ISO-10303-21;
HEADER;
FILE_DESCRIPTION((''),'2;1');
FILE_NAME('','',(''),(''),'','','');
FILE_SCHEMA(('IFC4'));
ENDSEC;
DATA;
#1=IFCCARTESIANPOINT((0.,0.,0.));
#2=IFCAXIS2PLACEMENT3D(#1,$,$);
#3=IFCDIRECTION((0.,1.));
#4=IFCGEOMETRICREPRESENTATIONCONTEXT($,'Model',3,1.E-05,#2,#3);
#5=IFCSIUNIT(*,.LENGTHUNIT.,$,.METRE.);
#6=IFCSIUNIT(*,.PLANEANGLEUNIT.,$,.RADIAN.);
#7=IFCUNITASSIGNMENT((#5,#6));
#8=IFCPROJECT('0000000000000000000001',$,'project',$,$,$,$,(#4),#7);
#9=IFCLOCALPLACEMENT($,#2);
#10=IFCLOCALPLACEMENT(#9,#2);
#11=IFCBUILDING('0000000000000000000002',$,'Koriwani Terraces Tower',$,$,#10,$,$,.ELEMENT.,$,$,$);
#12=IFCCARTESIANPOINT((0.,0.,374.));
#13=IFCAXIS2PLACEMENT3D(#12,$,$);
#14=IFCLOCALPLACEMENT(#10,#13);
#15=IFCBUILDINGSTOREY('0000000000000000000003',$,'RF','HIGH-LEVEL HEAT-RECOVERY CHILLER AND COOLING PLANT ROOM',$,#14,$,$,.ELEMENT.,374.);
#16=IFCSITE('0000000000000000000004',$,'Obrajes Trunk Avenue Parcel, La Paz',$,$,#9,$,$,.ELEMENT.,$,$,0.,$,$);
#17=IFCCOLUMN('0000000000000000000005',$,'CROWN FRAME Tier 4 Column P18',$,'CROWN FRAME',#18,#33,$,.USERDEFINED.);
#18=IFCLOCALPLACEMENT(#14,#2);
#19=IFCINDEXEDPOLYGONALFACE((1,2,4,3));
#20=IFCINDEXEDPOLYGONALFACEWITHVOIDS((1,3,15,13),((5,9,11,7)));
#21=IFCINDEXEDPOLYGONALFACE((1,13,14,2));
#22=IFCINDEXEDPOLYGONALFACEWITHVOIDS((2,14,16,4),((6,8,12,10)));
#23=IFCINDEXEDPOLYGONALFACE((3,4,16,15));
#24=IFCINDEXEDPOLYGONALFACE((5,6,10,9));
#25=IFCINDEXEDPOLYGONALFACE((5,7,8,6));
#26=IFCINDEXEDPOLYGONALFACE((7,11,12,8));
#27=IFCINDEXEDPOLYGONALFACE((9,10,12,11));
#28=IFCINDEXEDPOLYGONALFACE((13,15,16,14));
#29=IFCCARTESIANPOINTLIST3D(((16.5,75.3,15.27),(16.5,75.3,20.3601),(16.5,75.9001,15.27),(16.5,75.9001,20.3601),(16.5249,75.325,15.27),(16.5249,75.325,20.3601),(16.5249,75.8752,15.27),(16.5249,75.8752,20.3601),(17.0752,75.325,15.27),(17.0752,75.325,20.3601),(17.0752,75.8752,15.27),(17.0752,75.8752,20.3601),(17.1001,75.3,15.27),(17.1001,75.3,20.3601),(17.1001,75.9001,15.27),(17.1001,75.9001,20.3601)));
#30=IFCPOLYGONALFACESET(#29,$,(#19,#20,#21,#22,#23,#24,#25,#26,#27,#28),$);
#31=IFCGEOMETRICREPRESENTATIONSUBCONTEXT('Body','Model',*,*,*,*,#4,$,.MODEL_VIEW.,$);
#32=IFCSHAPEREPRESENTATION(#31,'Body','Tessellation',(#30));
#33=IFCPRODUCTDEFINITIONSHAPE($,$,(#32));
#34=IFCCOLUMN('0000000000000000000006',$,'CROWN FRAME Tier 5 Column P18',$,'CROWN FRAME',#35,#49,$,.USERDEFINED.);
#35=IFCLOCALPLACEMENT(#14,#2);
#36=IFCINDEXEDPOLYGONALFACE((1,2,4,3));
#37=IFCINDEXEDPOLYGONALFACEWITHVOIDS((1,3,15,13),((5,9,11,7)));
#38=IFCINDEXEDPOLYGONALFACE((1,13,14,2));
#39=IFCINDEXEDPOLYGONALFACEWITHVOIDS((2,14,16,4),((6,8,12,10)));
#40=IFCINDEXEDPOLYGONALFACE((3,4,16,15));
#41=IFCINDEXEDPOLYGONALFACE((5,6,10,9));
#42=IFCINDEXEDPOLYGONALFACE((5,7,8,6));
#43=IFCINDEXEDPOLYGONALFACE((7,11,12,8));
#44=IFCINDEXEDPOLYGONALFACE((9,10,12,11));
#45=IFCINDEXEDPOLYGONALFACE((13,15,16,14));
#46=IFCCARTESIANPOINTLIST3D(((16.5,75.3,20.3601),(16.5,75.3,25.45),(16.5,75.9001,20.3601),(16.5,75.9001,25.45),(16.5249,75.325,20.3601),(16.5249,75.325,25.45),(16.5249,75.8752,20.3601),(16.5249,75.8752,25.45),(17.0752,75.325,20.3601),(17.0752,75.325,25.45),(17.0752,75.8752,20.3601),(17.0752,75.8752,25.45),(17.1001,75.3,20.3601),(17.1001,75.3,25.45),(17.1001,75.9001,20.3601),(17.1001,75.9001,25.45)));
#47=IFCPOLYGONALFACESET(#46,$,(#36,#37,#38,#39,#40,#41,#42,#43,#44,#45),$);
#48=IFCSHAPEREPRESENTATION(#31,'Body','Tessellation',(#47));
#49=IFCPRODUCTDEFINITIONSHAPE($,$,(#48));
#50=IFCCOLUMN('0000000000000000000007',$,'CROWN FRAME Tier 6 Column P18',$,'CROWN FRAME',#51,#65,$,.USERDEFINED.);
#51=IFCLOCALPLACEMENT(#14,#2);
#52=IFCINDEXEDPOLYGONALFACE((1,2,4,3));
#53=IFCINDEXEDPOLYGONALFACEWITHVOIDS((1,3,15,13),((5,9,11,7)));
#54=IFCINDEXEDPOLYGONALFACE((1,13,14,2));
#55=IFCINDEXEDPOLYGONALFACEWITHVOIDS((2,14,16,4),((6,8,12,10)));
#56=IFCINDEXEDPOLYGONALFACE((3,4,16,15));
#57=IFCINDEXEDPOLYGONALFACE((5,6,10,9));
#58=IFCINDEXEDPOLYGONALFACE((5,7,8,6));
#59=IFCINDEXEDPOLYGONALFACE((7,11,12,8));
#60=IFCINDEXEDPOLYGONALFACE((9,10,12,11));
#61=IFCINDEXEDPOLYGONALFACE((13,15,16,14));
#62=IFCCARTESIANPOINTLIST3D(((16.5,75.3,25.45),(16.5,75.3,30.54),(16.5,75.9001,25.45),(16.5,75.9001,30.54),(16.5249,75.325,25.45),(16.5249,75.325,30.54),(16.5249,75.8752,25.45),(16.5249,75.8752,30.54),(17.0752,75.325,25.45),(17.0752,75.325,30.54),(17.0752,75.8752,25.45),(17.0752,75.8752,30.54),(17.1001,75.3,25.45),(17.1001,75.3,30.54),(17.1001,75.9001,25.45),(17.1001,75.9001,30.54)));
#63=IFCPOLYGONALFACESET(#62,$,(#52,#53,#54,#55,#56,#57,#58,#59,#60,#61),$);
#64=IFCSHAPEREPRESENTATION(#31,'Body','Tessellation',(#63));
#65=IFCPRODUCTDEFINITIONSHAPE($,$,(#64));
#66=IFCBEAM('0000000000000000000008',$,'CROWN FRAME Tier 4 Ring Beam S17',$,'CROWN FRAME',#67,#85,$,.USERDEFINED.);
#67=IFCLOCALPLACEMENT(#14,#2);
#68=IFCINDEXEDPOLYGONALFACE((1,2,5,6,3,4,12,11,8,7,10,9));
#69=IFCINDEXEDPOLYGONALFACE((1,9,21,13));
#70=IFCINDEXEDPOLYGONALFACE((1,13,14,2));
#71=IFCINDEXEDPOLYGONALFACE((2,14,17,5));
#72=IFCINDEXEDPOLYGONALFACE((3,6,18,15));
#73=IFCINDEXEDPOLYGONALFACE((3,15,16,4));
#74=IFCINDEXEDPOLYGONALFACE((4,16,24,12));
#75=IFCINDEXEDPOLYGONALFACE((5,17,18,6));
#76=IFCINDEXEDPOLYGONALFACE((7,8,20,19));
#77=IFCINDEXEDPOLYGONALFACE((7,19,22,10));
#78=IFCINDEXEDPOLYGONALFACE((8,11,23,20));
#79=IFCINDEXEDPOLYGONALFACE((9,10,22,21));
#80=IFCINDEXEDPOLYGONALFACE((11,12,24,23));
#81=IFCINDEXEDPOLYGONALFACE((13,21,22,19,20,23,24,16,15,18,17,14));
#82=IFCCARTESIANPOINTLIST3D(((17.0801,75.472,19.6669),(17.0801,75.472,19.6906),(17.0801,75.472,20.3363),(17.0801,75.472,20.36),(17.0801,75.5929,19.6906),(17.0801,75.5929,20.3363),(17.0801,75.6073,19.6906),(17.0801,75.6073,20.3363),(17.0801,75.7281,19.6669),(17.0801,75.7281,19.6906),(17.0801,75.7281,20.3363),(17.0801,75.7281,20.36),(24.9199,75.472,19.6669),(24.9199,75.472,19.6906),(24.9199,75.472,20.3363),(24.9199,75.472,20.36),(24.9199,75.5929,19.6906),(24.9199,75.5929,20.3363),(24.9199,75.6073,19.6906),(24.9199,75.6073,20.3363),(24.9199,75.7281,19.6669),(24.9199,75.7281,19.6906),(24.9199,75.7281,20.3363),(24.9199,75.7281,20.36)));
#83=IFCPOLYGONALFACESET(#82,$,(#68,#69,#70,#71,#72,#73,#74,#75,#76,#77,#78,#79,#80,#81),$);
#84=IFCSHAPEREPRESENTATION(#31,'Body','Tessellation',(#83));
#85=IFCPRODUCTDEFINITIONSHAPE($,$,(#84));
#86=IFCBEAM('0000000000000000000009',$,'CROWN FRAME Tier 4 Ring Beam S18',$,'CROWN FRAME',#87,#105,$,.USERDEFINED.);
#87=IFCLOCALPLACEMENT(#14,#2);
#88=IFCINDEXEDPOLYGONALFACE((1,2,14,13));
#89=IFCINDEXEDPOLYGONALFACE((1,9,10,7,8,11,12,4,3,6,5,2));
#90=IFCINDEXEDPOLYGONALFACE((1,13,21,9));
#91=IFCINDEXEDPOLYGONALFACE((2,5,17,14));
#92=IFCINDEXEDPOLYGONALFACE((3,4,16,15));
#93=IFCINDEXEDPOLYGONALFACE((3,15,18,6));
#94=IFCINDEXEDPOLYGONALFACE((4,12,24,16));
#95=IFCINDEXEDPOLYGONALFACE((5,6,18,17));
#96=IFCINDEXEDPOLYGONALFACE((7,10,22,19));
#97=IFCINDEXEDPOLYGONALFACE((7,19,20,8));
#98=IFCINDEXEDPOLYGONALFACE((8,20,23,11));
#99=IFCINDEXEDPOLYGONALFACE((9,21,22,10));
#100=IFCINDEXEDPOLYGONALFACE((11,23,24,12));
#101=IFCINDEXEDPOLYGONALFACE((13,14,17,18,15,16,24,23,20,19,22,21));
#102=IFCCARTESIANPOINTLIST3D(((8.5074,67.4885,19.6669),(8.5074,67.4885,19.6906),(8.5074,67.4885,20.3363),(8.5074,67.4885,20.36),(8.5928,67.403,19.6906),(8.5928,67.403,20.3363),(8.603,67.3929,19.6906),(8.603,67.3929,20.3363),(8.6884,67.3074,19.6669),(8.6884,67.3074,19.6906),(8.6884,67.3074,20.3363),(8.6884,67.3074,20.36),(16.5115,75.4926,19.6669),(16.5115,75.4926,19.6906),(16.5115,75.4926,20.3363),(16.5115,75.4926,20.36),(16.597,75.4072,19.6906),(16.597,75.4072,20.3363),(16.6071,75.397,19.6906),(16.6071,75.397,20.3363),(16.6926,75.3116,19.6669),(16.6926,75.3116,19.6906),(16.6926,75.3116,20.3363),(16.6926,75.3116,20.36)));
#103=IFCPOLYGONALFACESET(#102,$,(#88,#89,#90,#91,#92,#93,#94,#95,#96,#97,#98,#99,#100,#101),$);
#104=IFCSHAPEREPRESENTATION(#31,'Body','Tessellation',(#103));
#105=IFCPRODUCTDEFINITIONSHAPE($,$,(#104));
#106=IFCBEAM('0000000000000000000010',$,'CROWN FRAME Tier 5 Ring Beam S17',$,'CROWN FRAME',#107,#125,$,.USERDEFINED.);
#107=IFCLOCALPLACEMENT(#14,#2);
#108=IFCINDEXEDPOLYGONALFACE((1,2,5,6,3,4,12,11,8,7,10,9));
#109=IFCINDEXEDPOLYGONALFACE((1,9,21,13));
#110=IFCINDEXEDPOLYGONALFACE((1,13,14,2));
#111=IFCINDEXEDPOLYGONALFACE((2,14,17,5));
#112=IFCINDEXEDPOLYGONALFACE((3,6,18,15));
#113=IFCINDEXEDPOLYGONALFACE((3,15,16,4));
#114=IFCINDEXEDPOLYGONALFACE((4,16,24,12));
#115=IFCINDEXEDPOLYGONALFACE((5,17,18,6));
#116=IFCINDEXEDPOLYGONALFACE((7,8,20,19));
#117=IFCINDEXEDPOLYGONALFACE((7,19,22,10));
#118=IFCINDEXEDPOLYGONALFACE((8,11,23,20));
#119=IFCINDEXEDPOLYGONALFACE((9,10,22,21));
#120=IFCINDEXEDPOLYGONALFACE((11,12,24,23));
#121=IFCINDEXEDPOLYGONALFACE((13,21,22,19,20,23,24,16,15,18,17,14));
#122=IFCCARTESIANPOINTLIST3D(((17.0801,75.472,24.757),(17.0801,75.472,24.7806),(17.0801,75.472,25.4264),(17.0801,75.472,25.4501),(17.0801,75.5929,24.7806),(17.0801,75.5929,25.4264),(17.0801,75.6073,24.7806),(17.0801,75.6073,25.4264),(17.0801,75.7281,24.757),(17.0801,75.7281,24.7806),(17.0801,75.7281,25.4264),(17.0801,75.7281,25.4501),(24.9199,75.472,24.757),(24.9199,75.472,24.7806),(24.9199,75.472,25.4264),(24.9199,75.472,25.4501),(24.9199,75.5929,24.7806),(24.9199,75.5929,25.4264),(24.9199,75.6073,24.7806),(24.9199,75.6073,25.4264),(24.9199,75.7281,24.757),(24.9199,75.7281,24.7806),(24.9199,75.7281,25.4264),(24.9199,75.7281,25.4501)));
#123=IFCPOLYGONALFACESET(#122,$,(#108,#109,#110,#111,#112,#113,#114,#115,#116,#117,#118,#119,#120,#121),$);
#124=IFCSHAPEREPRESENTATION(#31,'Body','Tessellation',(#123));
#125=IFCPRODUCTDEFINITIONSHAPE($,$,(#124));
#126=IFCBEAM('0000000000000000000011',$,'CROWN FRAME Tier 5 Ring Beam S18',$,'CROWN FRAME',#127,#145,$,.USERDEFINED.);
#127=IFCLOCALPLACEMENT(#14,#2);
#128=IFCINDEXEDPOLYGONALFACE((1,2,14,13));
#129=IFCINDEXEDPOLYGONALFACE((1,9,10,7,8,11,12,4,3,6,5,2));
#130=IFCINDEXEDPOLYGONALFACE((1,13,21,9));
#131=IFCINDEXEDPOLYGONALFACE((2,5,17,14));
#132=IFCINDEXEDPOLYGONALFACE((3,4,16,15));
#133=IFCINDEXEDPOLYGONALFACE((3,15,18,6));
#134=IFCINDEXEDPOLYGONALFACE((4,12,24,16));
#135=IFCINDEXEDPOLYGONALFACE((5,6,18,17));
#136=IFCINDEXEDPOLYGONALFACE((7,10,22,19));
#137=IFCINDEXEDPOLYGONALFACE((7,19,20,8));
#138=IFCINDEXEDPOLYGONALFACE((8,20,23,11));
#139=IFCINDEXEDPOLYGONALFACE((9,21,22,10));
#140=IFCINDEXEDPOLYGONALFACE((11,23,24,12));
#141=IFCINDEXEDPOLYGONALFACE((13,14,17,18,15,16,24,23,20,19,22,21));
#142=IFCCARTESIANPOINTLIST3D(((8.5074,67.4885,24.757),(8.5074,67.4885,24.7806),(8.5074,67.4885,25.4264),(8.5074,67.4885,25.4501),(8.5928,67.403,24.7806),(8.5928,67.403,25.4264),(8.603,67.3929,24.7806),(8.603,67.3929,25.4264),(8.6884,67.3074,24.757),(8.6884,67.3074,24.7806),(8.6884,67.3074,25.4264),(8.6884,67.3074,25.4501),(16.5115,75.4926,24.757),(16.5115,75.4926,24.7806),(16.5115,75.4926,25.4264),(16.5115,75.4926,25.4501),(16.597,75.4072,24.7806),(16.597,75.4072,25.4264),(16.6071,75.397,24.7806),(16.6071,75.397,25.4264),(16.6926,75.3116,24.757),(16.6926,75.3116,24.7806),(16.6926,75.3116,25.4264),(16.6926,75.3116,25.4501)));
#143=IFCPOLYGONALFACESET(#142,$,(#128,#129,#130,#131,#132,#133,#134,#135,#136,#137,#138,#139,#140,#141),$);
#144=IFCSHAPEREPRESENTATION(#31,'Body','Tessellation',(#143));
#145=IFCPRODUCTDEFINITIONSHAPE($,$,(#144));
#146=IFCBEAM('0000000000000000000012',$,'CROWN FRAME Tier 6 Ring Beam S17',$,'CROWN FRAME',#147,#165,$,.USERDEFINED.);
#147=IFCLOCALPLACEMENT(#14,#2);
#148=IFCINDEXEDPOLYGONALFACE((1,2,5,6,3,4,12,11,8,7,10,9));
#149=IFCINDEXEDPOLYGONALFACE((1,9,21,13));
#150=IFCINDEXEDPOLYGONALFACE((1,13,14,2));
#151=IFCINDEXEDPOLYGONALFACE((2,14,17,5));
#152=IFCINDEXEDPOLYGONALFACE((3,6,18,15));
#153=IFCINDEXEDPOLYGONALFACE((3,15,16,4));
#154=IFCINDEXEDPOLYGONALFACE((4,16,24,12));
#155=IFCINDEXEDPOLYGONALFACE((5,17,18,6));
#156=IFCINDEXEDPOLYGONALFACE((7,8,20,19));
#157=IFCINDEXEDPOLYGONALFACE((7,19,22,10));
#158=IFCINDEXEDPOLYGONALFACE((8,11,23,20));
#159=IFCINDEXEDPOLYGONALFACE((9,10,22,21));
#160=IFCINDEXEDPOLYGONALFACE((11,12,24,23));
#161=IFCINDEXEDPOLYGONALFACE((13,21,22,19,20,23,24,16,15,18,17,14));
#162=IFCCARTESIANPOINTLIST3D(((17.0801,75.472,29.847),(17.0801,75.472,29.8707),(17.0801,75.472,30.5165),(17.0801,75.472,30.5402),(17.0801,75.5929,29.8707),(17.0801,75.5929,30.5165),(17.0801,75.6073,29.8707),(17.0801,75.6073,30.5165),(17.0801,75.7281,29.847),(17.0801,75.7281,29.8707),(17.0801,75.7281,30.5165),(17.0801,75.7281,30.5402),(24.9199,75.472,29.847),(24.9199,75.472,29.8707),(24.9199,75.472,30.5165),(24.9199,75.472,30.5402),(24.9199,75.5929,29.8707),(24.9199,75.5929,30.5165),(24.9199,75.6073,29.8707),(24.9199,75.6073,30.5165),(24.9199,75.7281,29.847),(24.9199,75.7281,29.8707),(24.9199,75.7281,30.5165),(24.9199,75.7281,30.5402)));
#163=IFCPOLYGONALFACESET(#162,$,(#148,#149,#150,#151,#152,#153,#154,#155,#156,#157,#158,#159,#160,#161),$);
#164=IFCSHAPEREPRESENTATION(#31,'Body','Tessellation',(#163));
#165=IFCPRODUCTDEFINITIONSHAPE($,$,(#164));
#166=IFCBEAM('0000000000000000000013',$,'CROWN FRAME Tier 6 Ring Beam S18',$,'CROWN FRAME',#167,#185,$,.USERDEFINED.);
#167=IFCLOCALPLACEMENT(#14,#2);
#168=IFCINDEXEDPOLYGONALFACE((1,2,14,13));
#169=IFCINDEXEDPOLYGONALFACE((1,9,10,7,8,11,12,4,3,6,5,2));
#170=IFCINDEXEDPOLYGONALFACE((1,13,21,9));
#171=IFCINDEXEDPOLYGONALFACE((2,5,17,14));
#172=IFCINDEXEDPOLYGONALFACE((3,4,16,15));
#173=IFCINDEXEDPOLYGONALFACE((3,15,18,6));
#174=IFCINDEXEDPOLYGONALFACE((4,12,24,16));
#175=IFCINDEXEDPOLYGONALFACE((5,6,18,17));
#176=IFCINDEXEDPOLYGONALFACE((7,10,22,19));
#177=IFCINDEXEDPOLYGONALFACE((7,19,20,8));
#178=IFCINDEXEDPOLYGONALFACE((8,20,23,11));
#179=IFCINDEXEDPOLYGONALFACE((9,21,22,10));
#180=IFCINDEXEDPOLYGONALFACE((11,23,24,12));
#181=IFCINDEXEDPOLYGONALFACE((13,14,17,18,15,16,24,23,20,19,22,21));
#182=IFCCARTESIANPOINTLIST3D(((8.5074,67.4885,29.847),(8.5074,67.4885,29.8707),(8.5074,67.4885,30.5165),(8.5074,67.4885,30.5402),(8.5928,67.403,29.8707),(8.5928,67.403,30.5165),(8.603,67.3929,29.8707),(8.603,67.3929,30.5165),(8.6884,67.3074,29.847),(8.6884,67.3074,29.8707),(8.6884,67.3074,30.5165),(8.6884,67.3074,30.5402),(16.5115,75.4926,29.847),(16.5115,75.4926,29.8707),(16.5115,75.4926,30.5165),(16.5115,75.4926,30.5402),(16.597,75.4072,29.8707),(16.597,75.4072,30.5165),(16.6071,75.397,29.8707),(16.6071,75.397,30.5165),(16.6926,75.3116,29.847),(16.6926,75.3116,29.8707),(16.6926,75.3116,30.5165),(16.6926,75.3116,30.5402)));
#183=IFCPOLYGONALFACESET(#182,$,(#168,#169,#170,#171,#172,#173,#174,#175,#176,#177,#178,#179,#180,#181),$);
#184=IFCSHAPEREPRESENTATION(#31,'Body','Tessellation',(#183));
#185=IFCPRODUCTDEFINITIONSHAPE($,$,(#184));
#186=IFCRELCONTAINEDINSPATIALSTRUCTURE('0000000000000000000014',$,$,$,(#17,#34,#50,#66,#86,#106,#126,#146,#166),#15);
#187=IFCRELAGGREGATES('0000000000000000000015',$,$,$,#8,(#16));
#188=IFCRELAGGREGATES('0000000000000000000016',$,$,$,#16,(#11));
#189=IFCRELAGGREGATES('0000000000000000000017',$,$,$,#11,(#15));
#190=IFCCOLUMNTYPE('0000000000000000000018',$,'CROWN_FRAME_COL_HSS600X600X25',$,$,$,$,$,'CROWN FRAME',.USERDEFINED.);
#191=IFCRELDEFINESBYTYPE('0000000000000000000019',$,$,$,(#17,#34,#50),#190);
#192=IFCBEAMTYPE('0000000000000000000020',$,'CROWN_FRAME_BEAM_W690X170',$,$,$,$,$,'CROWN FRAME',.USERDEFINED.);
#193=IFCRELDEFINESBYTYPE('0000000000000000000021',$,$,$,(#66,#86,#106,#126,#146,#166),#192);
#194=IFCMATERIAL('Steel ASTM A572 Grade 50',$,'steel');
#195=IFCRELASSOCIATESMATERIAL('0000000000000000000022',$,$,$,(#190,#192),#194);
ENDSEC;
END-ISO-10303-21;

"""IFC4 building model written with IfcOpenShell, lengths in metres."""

from ifc_helpers import new_model, si_unit, direction, frame, origin, origin_2d, place, context, subcontext, project, spatial, hollow_rectangle, i_section, extrude, material, material_profile, profile_set, type_object, element, save


model = new_model("IFC4")

# Units and contexts
model_context = context("Model", 3, precision=1e-05, world=origin(), true_north=direction((0.0, 1.0)))
body_context = subcontext(model_context, "Body", "Model", "MODEL_VIEW")
ifc_project = project(units=[si_unit("LENGTHUNIT", "METRE"), si_unit("PLANEANGLEUNIT", "RADIAN")], contexts=[model_context])

# Site, building, storey
site_placement = place(None, origin())
site = spatial("IfcSite", under=ifc_project, at=site_placement, Name="Obrajes Trunk Avenue Parcel, La Paz", CompositionType="ELEMENT", RefElevation=0.0)
building_placement = place(site_placement, origin())
building = spatial("IfcBuilding", under=site, at=building_placement, Name="Koriwani Terraces Tower", CompositionType="ELEMENT")
storey_placement = place(building_placement, frame((0.0, 0.0, 374.0)))
storey = spatial("IfcBuildingStorey", under=building, at=storey_placement, Name="RF", Description="HIGH-LEVEL HEAT-RECOVERY CHILLER AND COOLING PLANT ROOM", CompositionType="ELEMENT", Elevation=374.0)

# Columns
ifc_material_1 = material(Name="Steel ASTM A572 Grade 50", Category="steel")
ifc_material_profile_1 = material_profile(ifc_material_1, hollow_rectangle(XDim=0.6001, YDim=0.6001, WallThickness=0.0249, at=origin_2d()), Name="Steel ASTM A572 Grade 50", Category="LoadBearing")
ifc_profile_set_1 = profile_set([ifc_material_profile_1], Name="Steel ASTM A572 Grade 50")
column_type = type_object("IfcColumnType", Name="CROWN_FRAME_COL_HSS600X600X25", ElementType="CROWN FRAME", PredefinedType="USERDEFINED", material=ifc_profile_set_1)
column_1_placement = place(storey_placement, frame((16.8, 75.6001, 15.27), z_axis=(0.0, 0.0, 1.0), x_axis=(1.0, 0.0, 0.0)))
element("IfcColumn", 1, at=column_1_placement, inside=storey, type_object=column_type, Name="CROWN FRAME Tier 4 Column P18", ObjectType="CROWN FRAME", PredefinedType="USERDEFINED", context=body_context, shape_type="SweptSolid", body=[
    extrude(hollow_rectangle(XDim=0.6001, YDim=0.6001, WallThickness=0.0249, at=origin_2d()), origin(), (0.0, 0.0, 1.0), 5.0901),
])
column_2_placement = place(storey_placement, frame((16.8, 75.6001, 20.3601), z_axis=(0.0, 0.0, 1.0), x_axis=(1.0, 0.0, 0.0)))
element("IfcColumn", 2, at=column_2_placement, inside=storey, type_object=column_type, Name="CROWN FRAME Tier 5 Column P18", ObjectType="CROWN FRAME", PredefinedType="USERDEFINED", context=body_context, shape_type="SweptSolid", body=[
    extrude(hollow_rectangle(XDim=0.6001, YDim=0.6001, WallThickness=0.0249, at=origin_2d()), origin(), (0.0, 0.0, 1.0), 5.0898),
])
column_3_placement = place(storey_placement, frame((16.8, 75.6001, 25.45), z_axis=(0.0, 0.0, 1.0), x_axis=(1.0, 0.0, 0.0)))
element("IfcColumn", 3, at=column_3_placement, inside=storey, type_object=column_type, Name="CROWN FRAME Tier 6 Column P18", ObjectType="CROWN FRAME", PredefinedType="USERDEFINED", context=body_context, shape_type="SweptSolid", body=[
    extrude(hollow_rectangle(XDim=0.6001, YDim=0.6001, WallThickness=0.0249, at=origin_2d()), origin(), (0.0, 0.0, 1.0), 5.0901),
])

# Beams
ifc_material_profile_2 = material_profile(ifc_material_1, i_section(OverallWidth=0.2561, OverallDepth=0.6931, WebThickness=0.0144, FlangeThickness=0.0237, at=origin_2d()), Name="Steel ASTM A572 Grade 50", Category="LoadBearing")
ifc_profile_set_2 = profile_set([ifc_material_profile_2], Name="Steel ASTM A572 Grade 50")
beam_type_1 = type_object("IfcBeamType", Name="CROWN_FRAME_BEAM_W690X170", ElementType="CROWN FRAME", PredefinedType="USERDEFINED", material=ifc_profile_set_2)
beam_1_placement = place(storey_placement, frame((24.9199, 75.6001, 20.0134), z_axis=(-1.0, 0.0, 0.0), x_axis=(0.0, -1.0, 0.0)))
element("IfcBeam", 4, at=beam_1_placement, inside=storey, type_object=beam_type_1, Name="CROWN FRAME Tier 4 Ring Beam S17", ObjectType="CROWN FRAME", PredefinedType="USERDEFINED", context=body_context, shape_type="SweptSolid", body=[
    extrude(i_section(OverallWidth=0.2561, OverallDepth=0.6931, WebThickness=0.0144, FlangeThickness=0.0237, at=origin_2d()), origin(), (0.0, 0.0, 1.0), 7.8398),
])
beam_2_placement = place(storey_placement, frame((16.6021, 75.4021, 20.0134), z_axis=(-0.707107, -0.707107, 0.0), x_axis=(0.707107, -0.707107, 0.0)))
element("IfcBeam", 5, at=beam_2_placement, inside=storey, type_object=beam_type_1, Name="CROWN FRAME Tier 4 Ring Beam S18", ObjectType="CROWN FRAME", PredefinedType="USERDEFINED", context=body_context, shape_type="SweptSolid", body=[
    extrude(i_section(OverallWidth=0.2561, OverallDepth=0.6931, WebThickness=0.0144, FlangeThickness=0.0237, at=origin_2d()), origin(), (0.0, 0.0, 1.0), 11.3196),
])
beam_3_placement = place(storey_placement, frame((24.9199, 75.6001, 25.1035), z_axis=(-1.0, 0.0, 0.0), x_axis=(0.0, -1.0, 0.0)))
element("IfcBeam", 6, at=beam_3_placement, inside=storey, type_object=beam_type_1, Name="CROWN FRAME Tier 5 Ring Beam S17", ObjectType="CROWN FRAME", PredefinedType="USERDEFINED", context=body_context, shape_type="SweptSolid", body=[
    extrude(i_section(OverallWidth=0.2561, OverallDepth=0.6931, WebThickness=0.0144, FlangeThickness=0.0237, at=origin_2d()), origin(), (0.0, 0.0, 1.0), 7.8398),
])
beam_4_placement = place(storey_placement, frame((16.6021, 75.4021, 25.1035), z_axis=(-0.707107, -0.707107, 0.0), x_axis=(0.707107, -0.707107, 0.0)))
element("IfcBeam", 7, at=beam_4_placement, inside=storey, type_object=beam_type_1, Name="CROWN FRAME Tier 5 Ring Beam S18", ObjectType="CROWN FRAME", PredefinedType="USERDEFINED", context=body_context, shape_type="SweptSolid", body=[
    extrude(i_section(OverallWidth=0.2561, OverallDepth=0.6931, WebThickness=0.0144, FlangeThickness=0.0237, at=origin_2d()), origin(), (0.0, 0.0, 1.0), 11.3196),
])
beam_5_placement = place(storey_placement, frame((24.9199, 75.6001, 30.1936), z_axis=(-1.0, 0.0, 0.0), x_axis=(0.0, -1.0, 0.0)))
element("IfcBeam", 8, at=beam_5_placement, inside=storey, type_object=beam_type_1, Name="CROWN FRAME Tier 6 Ring Beam S17", ObjectType="CROWN FRAME", PredefinedType="USERDEFINED", context=body_context, shape_type="SweptSolid", body=[
    extrude(i_section(OverallWidth=0.2561, OverallDepth=0.6931, WebThickness=0.0144, FlangeThickness=0.0237, at=origin_2d()), origin(), (0.0, 0.0, 1.0), 7.8398),
])
beam_6_placement = place(storey_placement, frame((16.6021, 75.4021, 30.1936), z_axis=(-0.707107, -0.707107, 0.0), x_axis=(0.707107, -0.707107, 0.0)))
element("IfcBeam", 9, at=beam_6_placement, inside=storey, type_object=beam_type_1, Name="CROWN FRAME Tier 6 Ring Beam S18", ObjectType="CROWN FRAME", PredefinedType="USERDEFINED", context=body_context, shape_type="SweptSolid", body=[
    extrude(i_section(OverallWidth=0.2561, OverallDepth=0.6931, WebThickness=0.0144, FlangeThickness=0.0237, at=origin_2d()), origin(), (0.0, 0.0, 1.0), 11.3196),
])

save(model, "model.ifc")
